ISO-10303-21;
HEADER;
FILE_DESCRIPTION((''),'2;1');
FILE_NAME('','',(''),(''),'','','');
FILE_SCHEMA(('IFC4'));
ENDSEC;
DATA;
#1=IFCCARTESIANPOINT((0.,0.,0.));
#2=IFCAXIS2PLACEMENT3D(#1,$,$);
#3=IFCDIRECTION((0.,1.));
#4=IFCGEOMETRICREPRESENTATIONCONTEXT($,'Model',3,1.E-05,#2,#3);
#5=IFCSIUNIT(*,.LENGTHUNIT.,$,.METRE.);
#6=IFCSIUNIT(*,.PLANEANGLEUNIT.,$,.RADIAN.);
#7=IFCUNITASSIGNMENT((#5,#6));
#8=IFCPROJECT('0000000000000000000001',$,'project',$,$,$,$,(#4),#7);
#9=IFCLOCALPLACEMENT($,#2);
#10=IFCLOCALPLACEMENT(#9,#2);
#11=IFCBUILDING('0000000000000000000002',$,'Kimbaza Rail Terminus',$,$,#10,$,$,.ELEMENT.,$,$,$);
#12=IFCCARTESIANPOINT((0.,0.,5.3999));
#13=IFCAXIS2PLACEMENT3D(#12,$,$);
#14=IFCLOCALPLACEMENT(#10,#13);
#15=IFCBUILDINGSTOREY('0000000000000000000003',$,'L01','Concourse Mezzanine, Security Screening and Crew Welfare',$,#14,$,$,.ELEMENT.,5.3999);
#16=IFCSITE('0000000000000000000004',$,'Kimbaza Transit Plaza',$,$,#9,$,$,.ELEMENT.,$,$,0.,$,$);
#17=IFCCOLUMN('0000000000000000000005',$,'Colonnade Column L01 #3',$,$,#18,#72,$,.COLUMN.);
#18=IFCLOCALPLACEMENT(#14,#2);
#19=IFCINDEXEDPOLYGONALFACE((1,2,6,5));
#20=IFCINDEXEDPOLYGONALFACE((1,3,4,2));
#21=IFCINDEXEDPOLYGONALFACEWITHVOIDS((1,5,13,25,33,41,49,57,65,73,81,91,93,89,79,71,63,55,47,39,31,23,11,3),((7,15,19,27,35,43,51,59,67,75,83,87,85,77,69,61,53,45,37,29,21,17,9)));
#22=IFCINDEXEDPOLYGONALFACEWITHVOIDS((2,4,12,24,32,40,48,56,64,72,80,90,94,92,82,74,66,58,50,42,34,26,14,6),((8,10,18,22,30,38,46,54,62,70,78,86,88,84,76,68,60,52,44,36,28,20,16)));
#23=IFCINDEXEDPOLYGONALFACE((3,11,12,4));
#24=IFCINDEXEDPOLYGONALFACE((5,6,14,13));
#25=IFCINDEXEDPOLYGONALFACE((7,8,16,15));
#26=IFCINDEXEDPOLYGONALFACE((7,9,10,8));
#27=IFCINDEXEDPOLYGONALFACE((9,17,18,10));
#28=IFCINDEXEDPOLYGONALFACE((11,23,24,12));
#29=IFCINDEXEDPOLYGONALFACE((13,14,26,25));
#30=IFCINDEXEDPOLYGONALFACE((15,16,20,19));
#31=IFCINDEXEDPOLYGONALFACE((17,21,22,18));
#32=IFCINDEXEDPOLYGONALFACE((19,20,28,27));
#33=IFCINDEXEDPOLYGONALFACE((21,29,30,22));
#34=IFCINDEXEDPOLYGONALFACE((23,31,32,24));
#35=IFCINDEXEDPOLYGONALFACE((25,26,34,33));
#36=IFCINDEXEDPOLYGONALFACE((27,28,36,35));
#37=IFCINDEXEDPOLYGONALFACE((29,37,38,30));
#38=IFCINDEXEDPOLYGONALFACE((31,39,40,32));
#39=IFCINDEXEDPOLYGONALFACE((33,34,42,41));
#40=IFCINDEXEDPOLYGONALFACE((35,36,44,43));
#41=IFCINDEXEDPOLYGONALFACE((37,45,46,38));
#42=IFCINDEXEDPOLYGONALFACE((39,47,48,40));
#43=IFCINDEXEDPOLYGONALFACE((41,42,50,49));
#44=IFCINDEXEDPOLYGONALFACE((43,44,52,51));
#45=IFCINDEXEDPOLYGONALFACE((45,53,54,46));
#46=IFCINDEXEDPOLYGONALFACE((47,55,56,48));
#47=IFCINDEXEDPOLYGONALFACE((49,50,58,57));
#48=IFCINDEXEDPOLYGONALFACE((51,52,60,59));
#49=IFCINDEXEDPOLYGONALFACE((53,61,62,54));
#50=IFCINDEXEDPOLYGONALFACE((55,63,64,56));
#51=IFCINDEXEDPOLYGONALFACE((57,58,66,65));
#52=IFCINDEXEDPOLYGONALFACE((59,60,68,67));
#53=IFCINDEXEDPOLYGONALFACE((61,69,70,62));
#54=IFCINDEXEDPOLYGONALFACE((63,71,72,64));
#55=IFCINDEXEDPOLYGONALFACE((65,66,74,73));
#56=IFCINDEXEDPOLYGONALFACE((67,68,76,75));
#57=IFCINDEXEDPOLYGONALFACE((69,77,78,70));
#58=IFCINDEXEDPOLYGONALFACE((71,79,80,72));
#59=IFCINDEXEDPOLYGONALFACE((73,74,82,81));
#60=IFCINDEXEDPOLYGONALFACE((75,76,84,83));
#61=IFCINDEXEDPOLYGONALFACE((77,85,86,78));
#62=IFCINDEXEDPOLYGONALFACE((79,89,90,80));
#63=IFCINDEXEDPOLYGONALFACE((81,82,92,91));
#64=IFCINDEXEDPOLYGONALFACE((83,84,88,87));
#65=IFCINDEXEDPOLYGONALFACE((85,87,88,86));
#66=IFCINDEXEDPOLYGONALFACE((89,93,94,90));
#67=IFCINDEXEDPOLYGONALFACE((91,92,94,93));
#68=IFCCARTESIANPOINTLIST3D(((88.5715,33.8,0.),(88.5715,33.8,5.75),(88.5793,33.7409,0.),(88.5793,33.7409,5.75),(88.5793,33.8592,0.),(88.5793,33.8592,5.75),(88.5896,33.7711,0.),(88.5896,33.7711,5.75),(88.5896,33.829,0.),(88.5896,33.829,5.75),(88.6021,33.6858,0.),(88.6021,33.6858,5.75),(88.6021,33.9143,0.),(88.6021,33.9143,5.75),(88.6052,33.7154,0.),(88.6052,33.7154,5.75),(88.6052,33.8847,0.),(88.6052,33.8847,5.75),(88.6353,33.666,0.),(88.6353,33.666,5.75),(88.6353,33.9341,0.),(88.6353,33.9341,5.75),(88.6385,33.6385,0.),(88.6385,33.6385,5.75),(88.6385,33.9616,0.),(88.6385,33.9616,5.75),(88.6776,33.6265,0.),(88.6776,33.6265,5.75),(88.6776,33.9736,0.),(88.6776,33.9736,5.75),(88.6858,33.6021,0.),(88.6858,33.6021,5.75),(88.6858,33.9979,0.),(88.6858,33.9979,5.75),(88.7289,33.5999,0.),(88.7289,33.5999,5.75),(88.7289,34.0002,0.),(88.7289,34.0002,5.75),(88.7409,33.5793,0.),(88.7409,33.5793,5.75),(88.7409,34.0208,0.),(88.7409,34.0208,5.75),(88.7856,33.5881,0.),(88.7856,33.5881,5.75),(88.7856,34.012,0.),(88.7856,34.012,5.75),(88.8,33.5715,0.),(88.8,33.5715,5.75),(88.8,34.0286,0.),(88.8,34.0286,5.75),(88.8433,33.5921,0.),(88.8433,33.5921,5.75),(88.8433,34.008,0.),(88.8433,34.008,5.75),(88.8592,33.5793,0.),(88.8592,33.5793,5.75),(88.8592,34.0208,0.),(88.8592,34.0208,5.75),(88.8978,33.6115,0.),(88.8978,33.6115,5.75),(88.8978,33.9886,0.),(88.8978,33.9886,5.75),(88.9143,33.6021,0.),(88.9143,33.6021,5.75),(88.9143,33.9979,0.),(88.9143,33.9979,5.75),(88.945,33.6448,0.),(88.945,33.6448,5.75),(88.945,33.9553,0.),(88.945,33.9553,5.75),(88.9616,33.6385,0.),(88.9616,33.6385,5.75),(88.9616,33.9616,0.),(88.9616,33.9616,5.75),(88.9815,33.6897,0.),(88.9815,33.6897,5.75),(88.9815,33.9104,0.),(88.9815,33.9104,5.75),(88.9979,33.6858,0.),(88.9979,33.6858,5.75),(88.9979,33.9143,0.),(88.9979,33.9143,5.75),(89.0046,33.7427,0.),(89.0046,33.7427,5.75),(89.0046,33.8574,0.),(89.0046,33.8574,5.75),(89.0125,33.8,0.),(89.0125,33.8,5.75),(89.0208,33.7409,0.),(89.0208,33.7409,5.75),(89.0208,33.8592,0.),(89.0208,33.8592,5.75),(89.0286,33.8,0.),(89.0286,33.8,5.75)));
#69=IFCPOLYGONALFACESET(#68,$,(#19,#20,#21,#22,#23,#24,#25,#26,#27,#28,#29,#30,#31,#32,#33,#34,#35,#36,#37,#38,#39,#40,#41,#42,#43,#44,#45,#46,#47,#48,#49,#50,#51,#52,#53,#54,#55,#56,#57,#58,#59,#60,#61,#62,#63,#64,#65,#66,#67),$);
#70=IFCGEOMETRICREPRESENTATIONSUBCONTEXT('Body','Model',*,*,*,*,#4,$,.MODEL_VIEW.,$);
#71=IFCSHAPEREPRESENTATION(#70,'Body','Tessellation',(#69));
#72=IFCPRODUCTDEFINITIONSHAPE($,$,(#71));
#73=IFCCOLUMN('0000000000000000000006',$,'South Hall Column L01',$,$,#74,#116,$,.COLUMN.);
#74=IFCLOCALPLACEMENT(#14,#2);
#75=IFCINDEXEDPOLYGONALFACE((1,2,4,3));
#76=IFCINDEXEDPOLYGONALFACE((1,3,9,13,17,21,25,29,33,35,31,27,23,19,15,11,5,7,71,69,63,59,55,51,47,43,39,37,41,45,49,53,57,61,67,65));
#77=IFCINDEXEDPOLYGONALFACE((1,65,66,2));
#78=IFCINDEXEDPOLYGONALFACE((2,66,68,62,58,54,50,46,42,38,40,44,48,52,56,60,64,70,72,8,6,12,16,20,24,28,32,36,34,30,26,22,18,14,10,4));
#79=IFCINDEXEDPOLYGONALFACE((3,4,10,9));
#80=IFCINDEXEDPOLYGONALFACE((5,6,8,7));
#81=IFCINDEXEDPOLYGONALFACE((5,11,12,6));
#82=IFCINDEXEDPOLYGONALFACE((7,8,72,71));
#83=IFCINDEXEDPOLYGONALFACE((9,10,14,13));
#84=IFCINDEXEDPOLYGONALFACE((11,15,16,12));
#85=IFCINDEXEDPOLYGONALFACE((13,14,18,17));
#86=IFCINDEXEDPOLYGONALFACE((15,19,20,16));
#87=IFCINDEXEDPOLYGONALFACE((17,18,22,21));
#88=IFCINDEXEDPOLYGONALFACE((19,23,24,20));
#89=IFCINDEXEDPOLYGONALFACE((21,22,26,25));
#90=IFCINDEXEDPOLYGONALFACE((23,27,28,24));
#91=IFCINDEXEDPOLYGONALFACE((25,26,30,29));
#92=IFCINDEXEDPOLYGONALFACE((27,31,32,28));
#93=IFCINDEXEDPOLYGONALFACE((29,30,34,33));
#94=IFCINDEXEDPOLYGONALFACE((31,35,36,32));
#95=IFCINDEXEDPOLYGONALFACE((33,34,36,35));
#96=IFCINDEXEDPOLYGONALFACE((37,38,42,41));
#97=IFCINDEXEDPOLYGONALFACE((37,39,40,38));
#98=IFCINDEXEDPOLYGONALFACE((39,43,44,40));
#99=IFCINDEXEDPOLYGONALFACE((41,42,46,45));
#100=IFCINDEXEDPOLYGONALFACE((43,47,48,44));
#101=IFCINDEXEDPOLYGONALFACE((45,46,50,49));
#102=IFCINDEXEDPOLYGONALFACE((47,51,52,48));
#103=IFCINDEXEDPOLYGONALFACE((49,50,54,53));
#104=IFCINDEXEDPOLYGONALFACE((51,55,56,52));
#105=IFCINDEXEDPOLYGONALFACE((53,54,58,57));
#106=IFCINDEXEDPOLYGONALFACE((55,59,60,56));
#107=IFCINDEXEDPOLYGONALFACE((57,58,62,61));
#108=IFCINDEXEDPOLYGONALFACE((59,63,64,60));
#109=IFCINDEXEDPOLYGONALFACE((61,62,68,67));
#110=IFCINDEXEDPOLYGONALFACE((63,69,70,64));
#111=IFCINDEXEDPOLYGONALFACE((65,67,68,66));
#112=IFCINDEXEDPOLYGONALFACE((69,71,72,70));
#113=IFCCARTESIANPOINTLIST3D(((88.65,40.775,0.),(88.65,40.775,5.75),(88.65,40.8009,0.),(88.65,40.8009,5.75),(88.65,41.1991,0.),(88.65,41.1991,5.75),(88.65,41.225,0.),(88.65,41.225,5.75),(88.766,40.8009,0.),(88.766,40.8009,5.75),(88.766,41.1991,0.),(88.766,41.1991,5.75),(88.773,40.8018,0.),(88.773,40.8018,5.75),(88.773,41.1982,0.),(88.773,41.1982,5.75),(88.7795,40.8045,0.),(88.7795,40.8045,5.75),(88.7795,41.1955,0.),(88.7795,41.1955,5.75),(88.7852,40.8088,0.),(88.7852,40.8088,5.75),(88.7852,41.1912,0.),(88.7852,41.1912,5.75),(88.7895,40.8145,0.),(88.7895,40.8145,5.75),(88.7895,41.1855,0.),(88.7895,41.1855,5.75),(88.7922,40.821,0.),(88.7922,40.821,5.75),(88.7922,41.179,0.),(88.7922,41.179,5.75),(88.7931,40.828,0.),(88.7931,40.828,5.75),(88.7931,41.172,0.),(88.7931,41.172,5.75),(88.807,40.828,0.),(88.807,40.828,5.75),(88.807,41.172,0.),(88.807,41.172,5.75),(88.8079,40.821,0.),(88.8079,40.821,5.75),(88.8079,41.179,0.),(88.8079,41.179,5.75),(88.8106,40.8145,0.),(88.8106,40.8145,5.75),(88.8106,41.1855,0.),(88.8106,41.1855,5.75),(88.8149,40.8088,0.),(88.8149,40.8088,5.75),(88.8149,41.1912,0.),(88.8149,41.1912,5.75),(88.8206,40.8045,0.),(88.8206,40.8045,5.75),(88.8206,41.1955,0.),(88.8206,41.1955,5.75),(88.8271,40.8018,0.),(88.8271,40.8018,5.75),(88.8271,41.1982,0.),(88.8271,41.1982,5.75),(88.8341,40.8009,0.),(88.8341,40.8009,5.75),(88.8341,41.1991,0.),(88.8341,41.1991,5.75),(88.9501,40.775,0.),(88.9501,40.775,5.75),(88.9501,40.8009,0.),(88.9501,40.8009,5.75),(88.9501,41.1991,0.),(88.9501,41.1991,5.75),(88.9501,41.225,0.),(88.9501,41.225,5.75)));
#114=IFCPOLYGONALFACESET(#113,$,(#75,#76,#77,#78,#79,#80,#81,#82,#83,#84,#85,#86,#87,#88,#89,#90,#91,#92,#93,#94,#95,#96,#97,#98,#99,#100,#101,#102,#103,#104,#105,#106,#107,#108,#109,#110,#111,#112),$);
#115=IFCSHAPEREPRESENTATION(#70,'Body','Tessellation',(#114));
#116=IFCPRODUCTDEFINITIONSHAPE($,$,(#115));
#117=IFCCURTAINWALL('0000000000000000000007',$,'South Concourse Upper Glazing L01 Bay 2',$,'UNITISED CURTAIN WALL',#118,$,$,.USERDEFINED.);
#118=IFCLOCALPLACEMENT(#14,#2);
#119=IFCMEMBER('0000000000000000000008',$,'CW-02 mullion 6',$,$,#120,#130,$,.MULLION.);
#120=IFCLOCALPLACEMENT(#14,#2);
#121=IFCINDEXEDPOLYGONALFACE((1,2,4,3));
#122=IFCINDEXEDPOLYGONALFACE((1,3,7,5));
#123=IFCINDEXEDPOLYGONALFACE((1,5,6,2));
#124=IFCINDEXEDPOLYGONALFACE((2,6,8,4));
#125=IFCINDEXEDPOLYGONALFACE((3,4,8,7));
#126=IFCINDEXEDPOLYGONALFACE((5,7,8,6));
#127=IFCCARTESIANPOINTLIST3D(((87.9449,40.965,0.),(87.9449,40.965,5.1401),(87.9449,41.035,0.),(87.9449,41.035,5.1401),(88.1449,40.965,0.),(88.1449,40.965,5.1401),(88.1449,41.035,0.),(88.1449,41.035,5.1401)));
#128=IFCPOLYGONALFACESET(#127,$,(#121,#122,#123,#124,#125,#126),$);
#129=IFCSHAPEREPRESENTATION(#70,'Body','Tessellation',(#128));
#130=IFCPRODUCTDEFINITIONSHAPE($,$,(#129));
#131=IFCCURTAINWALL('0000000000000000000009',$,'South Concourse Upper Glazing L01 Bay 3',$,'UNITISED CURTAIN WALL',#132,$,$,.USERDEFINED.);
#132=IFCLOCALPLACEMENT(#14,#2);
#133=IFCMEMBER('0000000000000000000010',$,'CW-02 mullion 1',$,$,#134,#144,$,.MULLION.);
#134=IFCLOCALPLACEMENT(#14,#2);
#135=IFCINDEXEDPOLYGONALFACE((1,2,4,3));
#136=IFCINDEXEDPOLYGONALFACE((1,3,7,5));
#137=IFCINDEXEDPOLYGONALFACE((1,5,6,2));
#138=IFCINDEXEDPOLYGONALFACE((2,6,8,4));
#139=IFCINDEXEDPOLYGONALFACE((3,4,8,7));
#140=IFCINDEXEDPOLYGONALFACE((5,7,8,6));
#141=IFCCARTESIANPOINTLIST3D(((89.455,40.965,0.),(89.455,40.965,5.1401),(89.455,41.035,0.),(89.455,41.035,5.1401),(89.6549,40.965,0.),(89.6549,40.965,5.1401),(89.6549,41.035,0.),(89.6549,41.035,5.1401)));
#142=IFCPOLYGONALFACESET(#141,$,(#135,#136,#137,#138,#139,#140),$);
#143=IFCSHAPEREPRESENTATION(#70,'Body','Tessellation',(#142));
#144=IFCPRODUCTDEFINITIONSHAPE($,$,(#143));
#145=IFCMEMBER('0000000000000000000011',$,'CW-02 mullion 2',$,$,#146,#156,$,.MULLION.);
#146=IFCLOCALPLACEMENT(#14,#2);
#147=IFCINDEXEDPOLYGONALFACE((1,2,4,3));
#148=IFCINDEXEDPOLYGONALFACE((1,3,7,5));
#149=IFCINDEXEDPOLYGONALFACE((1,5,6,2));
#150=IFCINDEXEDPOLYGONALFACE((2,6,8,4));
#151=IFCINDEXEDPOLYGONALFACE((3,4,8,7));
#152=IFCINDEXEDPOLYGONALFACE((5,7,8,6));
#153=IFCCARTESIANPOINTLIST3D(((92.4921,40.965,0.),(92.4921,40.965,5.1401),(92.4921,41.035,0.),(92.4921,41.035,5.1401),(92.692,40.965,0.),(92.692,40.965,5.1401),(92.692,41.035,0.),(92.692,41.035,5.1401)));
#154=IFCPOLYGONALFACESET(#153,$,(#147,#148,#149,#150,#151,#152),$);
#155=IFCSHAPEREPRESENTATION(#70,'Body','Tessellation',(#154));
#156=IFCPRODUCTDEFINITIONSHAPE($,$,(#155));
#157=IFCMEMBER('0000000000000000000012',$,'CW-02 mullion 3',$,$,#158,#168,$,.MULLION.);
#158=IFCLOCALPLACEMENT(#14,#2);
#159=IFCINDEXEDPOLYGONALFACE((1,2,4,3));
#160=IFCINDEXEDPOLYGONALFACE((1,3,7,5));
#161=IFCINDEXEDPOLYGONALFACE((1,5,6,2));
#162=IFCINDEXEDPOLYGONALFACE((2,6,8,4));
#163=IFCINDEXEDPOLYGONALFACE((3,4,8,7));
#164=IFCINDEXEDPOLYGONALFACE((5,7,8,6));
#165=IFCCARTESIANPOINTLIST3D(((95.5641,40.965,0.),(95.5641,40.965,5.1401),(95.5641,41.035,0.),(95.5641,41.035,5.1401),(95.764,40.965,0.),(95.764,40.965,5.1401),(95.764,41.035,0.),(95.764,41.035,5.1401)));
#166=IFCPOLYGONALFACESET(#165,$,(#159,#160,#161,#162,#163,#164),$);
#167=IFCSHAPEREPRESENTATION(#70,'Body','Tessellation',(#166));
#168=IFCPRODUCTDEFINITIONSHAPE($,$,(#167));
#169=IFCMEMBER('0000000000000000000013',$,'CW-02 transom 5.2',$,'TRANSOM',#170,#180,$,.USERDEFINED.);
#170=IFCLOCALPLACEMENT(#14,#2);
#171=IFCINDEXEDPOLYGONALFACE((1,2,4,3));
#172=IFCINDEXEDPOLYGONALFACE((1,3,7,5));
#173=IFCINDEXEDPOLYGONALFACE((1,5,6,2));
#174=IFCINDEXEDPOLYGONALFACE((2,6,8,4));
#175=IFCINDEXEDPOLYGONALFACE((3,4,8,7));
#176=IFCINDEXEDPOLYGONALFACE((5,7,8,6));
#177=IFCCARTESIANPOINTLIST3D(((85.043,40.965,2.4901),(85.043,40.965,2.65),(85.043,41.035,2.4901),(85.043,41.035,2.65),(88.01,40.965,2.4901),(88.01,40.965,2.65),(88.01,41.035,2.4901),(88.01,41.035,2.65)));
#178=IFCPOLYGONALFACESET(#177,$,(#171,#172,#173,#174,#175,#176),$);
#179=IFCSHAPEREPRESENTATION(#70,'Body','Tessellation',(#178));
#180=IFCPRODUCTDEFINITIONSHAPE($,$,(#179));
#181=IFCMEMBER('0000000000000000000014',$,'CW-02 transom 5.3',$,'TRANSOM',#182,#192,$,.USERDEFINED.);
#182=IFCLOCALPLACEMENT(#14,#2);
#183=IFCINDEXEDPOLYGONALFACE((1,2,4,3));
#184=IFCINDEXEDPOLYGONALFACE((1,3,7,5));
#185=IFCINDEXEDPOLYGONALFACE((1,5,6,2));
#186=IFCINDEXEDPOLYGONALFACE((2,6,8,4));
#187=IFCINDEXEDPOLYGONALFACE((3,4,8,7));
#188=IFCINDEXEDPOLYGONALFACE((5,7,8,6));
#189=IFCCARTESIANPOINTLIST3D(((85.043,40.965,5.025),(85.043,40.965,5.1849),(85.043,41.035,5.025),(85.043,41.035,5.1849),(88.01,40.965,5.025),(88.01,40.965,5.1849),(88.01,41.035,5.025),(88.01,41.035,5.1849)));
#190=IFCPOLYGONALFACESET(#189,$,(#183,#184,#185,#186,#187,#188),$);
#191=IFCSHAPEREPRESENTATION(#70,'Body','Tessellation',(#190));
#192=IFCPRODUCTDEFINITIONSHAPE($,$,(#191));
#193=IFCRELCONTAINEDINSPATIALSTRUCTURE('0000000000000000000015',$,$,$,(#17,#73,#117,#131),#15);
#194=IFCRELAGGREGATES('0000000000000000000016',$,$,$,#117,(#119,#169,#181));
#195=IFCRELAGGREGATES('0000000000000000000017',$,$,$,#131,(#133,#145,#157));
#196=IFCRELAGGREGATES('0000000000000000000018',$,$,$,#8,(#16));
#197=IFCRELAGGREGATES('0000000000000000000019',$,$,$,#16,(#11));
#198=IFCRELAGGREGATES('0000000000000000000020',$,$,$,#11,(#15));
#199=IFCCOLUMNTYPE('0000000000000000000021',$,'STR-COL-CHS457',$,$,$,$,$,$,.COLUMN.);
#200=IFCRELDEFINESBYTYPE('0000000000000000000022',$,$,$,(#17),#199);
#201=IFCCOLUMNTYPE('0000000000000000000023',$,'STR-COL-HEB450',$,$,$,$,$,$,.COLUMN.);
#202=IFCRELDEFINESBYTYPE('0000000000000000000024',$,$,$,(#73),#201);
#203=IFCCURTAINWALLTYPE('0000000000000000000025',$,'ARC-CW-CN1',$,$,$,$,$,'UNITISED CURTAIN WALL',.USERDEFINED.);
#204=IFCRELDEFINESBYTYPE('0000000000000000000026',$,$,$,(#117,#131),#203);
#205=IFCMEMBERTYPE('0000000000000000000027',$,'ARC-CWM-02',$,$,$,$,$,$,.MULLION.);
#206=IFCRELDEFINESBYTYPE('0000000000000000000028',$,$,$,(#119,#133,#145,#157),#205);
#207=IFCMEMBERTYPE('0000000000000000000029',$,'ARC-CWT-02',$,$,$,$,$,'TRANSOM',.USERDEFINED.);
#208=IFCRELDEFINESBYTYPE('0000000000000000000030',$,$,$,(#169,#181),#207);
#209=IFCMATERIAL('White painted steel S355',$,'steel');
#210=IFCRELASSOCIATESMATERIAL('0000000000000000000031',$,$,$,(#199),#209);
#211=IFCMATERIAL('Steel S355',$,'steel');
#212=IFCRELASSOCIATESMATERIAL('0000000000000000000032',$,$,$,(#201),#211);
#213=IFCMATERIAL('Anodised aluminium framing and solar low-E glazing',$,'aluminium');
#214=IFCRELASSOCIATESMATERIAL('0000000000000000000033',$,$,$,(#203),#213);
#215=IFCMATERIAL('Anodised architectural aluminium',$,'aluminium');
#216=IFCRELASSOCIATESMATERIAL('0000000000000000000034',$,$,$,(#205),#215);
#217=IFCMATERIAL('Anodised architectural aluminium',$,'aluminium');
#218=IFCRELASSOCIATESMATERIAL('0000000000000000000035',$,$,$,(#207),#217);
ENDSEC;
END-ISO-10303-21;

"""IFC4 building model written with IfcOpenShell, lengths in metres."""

from ifc_helpers import new_model, si_unit, direction, frame, origin, origin_2d, place, context, subcontext, project, spatial, rectangle, hollow_circle, i_section, extrude, material, material_profile, profile_set, type_object, element, aggregate, save


model = new_model("IFC4")

# Units and contexts
model_context = context("Model", 3, precision=1e-05, world=origin(), true_north=direction((0.0, 1.0)))
body_context = subcontext(model_context, "Body", "Model", "MODEL_VIEW")
ifc_project = project(units=[si_unit("LENGTHUNIT", "METRE"), si_unit("PLANEANGLEUNIT", "RADIAN")], contexts=[model_context])

# Site, building, storey
site_placement = place(None, origin())
site = spatial("IfcSite", under=ifc_project, at=site_placement, Name="Kimbaza Transit Plaza", CompositionType="ELEMENT", RefElevation=0.0)
building_placement = place(site_placement, origin())
building = spatial("IfcBuilding", under=site, at=building_placement, Name="Kimbaza Rail Terminus", CompositionType="ELEMENT")
storey_placement = place(building_placement, frame((0.0, 0.0, 5.3999)))
storey = spatial("IfcBuildingStorey", under=building, at=storey_placement, Name="L01", Description="Concourse Mezzanine, Security Screening and Crew Welfare", CompositionType="ELEMENT", Elevation=5.3999)

# Columns
ifc_material_1 = material(Name="White painted steel S355", Category="steel")
ifc_material_profile_1 = material_profile(ifc_material_1, hollow_circle(Radius=0.2285, WallThickness=0.0161, at=origin_2d()), Name="CHS 457x16")
ifc_profile_set_1 = profile_set([ifc_material_profile_1], Name="White painted steel S355")
column_type_1 = type_object("IfcColumnType", Name="STR-COL-CHS457", PredefinedType="COLUMN", material=ifc_profile_set_1)
column_1_placement = place(storey_placement, frame((88.8, 33.8, 0.0), z_axis=(0.0, 0.0, 1.0), x_axis=(1.0, 0.0, 0.0)))
element("IfcColumn", 1, at=column_1_placement, inside=storey, type_object=column_type_1, Name="Colonnade Column L01 #3", PredefinedType="COLUMN", context=body_context, shape_type="SweptSolid", body=[
    extrude(hollow_circle(Radius=0.2285, WallThickness=0.0161, at=origin_2d()), origin(), (0.0, 0.0, 1.0), 5.75),
])
ifc_material_2 = material(Name="Steel S355", Category="steel")
ifc_material_profile_2 = material_profile(ifc_material_2, i_section(OverallWidth=0.3, OverallDepth=0.45, WebThickness=0.0139, FlangeThickness=0.0259, FilletRadius=0.0271, at=origin_2d()), Name="HEB 450")
ifc_profile_set_2 = profile_set([ifc_material_profile_2], Name="Steel S355")
column_type_2 = type_object("IfcColumnType", Name="STR-COL-HEB450", PredefinedType="COLUMN", material=ifc_profile_set_2)
column_2_placement = place(storey_placement, frame((88.8, 41.0, 0.0), z_axis=(0.0, 0.0, 1.0), x_axis=(1.0, 0.0, 0.0)))
element("IfcColumn", 2, at=column_2_placement, inside=storey, type_object=column_type_2, Name="South Hall Column L01", PredefinedType="COLUMN", context=body_context, shape_type="SweptSolid", body=[
    extrude(i_section(OverallWidth=0.3, OverallDepth=0.45, WebThickness=0.0139, FlangeThickness=0.0259, FilletRadius=0.0271, at=origin_2d()), origin(), (0.0, 0.0, 1.0), 5.75),
])

# Curtain wall, member
ifc_material_3 = material(Name="Anodised aluminium framing and solar low-E glazing", Category="aluminium")
curtain_wall_type = type_object("IfcCurtainWallType", Name="ARC-CW-CN1", ElementType="UNITISED CURTAIN WALL", PredefinedType="USERDEFINED", material=ifc_material_3)
curtain_wall_1_placement = place(storey_placement, origin())
curtain_wall_1 = element("IfcCurtainWall", 3, at=curtain_wall_1_placement, inside=storey, type_object=curtain_wall_type, Name="South Concourse Upper Glazing L01 Bay 2", ObjectType="UNITISED CURTAIN WALL", PredefinedType="USERDEFINED")
ifc_material_4 = material(Name="Anodised architectural aluminium", Category="aluminium")
ifc_material_profile_3 = material_profile(ifc_material_4, rectangle(XDim=0.0701, YDim=0.2, at=origin_2d()), Name="MULLION 70x200")
ifc_profile_set_3 = profile_set([ifc_material_profile_3], Name="Anodised architectural aluminium")
member_type_1 = type_object("IfcMemberType", Name="ARC-CWM-02", PredefinedType="MULLION", material=ifc_profile_set_3)
member_1_placement = place(storey_placement, frame((88.0449, 41.0, 0.0), z_axis=(0.0, 0.0, 1.0), x_axis=(0.0, 1.0, 0.0)))
member_1 = element("IfcMember", 4, at=member_1_placement, type_object=member_type_1, Name="CW-02 mullion 6", PredefinedType="MULLION", context=body_context, shape_type="SweptSolid", body=[
    extrude(rectangle(XDim=0.0701, YDim=0.2, at=origin_2d()), origin(), (0.0, 0.0, 1.0), 5.1401),
])

# Curtain wall, members
curtain_wall_2_placement = place(storey_placement, origin())
curtain_wall_2 = element("IfcCurtainWall", 5, at=curtain_wall_2_placement, inside=storey, type_object=curtain_wall_type, Name="South Concourse Upper Glazing L01 Bay 3", ObjectType="UNITISED CURTAIN WALL", PredefinedType="USERDEFINED")
member_2_placement = place(storey_placement, frame((89.5549, 41.0, 0.0), z_axis=(0.0, 0.0, 1.0), x_axis=(0.0, 1.0, 0.0)))
member_2 = element("IfcMember", 6, at=member_2_placement, type_object=member_type_1, Name="CW-02 mullion 1", PredefinedType="MULLION", context=body_context, shape_type="SweptSolid", body=[
    extrude(rectangle(XDim=0.0701, YDim=0.2, at=origin_2d()), origin(), (0.0, 0.0, 1.0), 5.1401),
])
member_3_placement = place(storey_placement, frame((92.592, 41.0, 0.0), z_axis=(0.0, 0.0, 1.0), x_axis=(0.0, 1.0, 0.0)))
member_3 = element("IfcMember", 7, at=member_3_placement, type_object=member_type_1, Name="CW-02 mullion 2", PredefinedType="MULLION", context=body_context, shape_type="SweptSolid", body=[
    extrude(rectangle(XDim=0.0701, YDim=0.2, at=origin_2d()), origin(), (0.0, 0.0, 1.0), 5.1401),
])
member_4_placement = place(storey_placement, frame((95.6641, 41.0, 0.0), z_axis=(0.0, 0.0, 1.0), x_axis=(0.0, 1.0, 0.0)))
member_4 = element("IfcMember", 8, at=member_4_placement, type_object=member_type_1, Name="CW-02 mullion 3", PredefinedType="MULLION", context=body_context, shape_type="SweptSolid", body=[
    extrude(rectangle(XDim=0.0701, YDim=0.2, at=origin_2d()), origin(), (0.0, 0.0, 1.0), 5.1401),
])

# Members
ifc_material_5 = material(Name="Anodised architectural aluminium", Category="aluminium")
ifc_material_profile_4 = material_profile(ifc_material_5, rectangle(XDim=0.0701, YDim=0.1599, at=origin_2d()), Name="TRANSOM 70x160")
ifc_profile_set_4 = profile_set([ifc_material_profile_4], Name="Anodised architectural aluminium")
member_type_2 = type_object("IfcMemberType", Name="ARC-CWT-02", ElementType="TRANSOM", PredefinedType="USERDEFINED", material=ifc_profile_set_4)
member_5_placement = place(storey_placement, frame((85.043, 41.0, 2.5701), z_axis=(1.0, 0.0, 0.0), x_axis=(0.0, 1.0, 0.0)))
member_5 = element("IfcMember", 9, at=member_5_placement, type_object=member_type_2, Name="CW-02 transom 5.2", ObjectType="TRANSOM", PredefinedType="USERDEFINED", context=body_context, shape_type="SweptSolid", body=[
    extrude(rectangle(XDim=0.0701, YDim=0.1599, at=origin_2d()), origin(), (0.0, 0.0, 1.0), 2.967),
])
member_6_placement = place(storey_placement, frame((85.043, 41.0, 5.105), z_axis=(1.0, 0.0, 0.0), x_axis=(0.0, 1.0, 0.0)))
member_6 = element("IfcMember", 10, at=member_6_placement, type_object=member_type_2, Name="CW-02 transom 5.3", ObjectType="TRANSOM", PredefinedType="USERDEFINED", context=body_context, shape_type="SweptSolid", body=[
    extrude(rectangle(XDim=0.0701, YDim=0.1599, at=origin_2d()), origin(), (0.0, 0.0, 1.0), 2.967),
])

aggregate(curtain_wall_1, [member_1, member_5, member_6])
aggregate(curtain_wall_2, [member_2, member_3, member_4])

save(model, "model.ifc")
